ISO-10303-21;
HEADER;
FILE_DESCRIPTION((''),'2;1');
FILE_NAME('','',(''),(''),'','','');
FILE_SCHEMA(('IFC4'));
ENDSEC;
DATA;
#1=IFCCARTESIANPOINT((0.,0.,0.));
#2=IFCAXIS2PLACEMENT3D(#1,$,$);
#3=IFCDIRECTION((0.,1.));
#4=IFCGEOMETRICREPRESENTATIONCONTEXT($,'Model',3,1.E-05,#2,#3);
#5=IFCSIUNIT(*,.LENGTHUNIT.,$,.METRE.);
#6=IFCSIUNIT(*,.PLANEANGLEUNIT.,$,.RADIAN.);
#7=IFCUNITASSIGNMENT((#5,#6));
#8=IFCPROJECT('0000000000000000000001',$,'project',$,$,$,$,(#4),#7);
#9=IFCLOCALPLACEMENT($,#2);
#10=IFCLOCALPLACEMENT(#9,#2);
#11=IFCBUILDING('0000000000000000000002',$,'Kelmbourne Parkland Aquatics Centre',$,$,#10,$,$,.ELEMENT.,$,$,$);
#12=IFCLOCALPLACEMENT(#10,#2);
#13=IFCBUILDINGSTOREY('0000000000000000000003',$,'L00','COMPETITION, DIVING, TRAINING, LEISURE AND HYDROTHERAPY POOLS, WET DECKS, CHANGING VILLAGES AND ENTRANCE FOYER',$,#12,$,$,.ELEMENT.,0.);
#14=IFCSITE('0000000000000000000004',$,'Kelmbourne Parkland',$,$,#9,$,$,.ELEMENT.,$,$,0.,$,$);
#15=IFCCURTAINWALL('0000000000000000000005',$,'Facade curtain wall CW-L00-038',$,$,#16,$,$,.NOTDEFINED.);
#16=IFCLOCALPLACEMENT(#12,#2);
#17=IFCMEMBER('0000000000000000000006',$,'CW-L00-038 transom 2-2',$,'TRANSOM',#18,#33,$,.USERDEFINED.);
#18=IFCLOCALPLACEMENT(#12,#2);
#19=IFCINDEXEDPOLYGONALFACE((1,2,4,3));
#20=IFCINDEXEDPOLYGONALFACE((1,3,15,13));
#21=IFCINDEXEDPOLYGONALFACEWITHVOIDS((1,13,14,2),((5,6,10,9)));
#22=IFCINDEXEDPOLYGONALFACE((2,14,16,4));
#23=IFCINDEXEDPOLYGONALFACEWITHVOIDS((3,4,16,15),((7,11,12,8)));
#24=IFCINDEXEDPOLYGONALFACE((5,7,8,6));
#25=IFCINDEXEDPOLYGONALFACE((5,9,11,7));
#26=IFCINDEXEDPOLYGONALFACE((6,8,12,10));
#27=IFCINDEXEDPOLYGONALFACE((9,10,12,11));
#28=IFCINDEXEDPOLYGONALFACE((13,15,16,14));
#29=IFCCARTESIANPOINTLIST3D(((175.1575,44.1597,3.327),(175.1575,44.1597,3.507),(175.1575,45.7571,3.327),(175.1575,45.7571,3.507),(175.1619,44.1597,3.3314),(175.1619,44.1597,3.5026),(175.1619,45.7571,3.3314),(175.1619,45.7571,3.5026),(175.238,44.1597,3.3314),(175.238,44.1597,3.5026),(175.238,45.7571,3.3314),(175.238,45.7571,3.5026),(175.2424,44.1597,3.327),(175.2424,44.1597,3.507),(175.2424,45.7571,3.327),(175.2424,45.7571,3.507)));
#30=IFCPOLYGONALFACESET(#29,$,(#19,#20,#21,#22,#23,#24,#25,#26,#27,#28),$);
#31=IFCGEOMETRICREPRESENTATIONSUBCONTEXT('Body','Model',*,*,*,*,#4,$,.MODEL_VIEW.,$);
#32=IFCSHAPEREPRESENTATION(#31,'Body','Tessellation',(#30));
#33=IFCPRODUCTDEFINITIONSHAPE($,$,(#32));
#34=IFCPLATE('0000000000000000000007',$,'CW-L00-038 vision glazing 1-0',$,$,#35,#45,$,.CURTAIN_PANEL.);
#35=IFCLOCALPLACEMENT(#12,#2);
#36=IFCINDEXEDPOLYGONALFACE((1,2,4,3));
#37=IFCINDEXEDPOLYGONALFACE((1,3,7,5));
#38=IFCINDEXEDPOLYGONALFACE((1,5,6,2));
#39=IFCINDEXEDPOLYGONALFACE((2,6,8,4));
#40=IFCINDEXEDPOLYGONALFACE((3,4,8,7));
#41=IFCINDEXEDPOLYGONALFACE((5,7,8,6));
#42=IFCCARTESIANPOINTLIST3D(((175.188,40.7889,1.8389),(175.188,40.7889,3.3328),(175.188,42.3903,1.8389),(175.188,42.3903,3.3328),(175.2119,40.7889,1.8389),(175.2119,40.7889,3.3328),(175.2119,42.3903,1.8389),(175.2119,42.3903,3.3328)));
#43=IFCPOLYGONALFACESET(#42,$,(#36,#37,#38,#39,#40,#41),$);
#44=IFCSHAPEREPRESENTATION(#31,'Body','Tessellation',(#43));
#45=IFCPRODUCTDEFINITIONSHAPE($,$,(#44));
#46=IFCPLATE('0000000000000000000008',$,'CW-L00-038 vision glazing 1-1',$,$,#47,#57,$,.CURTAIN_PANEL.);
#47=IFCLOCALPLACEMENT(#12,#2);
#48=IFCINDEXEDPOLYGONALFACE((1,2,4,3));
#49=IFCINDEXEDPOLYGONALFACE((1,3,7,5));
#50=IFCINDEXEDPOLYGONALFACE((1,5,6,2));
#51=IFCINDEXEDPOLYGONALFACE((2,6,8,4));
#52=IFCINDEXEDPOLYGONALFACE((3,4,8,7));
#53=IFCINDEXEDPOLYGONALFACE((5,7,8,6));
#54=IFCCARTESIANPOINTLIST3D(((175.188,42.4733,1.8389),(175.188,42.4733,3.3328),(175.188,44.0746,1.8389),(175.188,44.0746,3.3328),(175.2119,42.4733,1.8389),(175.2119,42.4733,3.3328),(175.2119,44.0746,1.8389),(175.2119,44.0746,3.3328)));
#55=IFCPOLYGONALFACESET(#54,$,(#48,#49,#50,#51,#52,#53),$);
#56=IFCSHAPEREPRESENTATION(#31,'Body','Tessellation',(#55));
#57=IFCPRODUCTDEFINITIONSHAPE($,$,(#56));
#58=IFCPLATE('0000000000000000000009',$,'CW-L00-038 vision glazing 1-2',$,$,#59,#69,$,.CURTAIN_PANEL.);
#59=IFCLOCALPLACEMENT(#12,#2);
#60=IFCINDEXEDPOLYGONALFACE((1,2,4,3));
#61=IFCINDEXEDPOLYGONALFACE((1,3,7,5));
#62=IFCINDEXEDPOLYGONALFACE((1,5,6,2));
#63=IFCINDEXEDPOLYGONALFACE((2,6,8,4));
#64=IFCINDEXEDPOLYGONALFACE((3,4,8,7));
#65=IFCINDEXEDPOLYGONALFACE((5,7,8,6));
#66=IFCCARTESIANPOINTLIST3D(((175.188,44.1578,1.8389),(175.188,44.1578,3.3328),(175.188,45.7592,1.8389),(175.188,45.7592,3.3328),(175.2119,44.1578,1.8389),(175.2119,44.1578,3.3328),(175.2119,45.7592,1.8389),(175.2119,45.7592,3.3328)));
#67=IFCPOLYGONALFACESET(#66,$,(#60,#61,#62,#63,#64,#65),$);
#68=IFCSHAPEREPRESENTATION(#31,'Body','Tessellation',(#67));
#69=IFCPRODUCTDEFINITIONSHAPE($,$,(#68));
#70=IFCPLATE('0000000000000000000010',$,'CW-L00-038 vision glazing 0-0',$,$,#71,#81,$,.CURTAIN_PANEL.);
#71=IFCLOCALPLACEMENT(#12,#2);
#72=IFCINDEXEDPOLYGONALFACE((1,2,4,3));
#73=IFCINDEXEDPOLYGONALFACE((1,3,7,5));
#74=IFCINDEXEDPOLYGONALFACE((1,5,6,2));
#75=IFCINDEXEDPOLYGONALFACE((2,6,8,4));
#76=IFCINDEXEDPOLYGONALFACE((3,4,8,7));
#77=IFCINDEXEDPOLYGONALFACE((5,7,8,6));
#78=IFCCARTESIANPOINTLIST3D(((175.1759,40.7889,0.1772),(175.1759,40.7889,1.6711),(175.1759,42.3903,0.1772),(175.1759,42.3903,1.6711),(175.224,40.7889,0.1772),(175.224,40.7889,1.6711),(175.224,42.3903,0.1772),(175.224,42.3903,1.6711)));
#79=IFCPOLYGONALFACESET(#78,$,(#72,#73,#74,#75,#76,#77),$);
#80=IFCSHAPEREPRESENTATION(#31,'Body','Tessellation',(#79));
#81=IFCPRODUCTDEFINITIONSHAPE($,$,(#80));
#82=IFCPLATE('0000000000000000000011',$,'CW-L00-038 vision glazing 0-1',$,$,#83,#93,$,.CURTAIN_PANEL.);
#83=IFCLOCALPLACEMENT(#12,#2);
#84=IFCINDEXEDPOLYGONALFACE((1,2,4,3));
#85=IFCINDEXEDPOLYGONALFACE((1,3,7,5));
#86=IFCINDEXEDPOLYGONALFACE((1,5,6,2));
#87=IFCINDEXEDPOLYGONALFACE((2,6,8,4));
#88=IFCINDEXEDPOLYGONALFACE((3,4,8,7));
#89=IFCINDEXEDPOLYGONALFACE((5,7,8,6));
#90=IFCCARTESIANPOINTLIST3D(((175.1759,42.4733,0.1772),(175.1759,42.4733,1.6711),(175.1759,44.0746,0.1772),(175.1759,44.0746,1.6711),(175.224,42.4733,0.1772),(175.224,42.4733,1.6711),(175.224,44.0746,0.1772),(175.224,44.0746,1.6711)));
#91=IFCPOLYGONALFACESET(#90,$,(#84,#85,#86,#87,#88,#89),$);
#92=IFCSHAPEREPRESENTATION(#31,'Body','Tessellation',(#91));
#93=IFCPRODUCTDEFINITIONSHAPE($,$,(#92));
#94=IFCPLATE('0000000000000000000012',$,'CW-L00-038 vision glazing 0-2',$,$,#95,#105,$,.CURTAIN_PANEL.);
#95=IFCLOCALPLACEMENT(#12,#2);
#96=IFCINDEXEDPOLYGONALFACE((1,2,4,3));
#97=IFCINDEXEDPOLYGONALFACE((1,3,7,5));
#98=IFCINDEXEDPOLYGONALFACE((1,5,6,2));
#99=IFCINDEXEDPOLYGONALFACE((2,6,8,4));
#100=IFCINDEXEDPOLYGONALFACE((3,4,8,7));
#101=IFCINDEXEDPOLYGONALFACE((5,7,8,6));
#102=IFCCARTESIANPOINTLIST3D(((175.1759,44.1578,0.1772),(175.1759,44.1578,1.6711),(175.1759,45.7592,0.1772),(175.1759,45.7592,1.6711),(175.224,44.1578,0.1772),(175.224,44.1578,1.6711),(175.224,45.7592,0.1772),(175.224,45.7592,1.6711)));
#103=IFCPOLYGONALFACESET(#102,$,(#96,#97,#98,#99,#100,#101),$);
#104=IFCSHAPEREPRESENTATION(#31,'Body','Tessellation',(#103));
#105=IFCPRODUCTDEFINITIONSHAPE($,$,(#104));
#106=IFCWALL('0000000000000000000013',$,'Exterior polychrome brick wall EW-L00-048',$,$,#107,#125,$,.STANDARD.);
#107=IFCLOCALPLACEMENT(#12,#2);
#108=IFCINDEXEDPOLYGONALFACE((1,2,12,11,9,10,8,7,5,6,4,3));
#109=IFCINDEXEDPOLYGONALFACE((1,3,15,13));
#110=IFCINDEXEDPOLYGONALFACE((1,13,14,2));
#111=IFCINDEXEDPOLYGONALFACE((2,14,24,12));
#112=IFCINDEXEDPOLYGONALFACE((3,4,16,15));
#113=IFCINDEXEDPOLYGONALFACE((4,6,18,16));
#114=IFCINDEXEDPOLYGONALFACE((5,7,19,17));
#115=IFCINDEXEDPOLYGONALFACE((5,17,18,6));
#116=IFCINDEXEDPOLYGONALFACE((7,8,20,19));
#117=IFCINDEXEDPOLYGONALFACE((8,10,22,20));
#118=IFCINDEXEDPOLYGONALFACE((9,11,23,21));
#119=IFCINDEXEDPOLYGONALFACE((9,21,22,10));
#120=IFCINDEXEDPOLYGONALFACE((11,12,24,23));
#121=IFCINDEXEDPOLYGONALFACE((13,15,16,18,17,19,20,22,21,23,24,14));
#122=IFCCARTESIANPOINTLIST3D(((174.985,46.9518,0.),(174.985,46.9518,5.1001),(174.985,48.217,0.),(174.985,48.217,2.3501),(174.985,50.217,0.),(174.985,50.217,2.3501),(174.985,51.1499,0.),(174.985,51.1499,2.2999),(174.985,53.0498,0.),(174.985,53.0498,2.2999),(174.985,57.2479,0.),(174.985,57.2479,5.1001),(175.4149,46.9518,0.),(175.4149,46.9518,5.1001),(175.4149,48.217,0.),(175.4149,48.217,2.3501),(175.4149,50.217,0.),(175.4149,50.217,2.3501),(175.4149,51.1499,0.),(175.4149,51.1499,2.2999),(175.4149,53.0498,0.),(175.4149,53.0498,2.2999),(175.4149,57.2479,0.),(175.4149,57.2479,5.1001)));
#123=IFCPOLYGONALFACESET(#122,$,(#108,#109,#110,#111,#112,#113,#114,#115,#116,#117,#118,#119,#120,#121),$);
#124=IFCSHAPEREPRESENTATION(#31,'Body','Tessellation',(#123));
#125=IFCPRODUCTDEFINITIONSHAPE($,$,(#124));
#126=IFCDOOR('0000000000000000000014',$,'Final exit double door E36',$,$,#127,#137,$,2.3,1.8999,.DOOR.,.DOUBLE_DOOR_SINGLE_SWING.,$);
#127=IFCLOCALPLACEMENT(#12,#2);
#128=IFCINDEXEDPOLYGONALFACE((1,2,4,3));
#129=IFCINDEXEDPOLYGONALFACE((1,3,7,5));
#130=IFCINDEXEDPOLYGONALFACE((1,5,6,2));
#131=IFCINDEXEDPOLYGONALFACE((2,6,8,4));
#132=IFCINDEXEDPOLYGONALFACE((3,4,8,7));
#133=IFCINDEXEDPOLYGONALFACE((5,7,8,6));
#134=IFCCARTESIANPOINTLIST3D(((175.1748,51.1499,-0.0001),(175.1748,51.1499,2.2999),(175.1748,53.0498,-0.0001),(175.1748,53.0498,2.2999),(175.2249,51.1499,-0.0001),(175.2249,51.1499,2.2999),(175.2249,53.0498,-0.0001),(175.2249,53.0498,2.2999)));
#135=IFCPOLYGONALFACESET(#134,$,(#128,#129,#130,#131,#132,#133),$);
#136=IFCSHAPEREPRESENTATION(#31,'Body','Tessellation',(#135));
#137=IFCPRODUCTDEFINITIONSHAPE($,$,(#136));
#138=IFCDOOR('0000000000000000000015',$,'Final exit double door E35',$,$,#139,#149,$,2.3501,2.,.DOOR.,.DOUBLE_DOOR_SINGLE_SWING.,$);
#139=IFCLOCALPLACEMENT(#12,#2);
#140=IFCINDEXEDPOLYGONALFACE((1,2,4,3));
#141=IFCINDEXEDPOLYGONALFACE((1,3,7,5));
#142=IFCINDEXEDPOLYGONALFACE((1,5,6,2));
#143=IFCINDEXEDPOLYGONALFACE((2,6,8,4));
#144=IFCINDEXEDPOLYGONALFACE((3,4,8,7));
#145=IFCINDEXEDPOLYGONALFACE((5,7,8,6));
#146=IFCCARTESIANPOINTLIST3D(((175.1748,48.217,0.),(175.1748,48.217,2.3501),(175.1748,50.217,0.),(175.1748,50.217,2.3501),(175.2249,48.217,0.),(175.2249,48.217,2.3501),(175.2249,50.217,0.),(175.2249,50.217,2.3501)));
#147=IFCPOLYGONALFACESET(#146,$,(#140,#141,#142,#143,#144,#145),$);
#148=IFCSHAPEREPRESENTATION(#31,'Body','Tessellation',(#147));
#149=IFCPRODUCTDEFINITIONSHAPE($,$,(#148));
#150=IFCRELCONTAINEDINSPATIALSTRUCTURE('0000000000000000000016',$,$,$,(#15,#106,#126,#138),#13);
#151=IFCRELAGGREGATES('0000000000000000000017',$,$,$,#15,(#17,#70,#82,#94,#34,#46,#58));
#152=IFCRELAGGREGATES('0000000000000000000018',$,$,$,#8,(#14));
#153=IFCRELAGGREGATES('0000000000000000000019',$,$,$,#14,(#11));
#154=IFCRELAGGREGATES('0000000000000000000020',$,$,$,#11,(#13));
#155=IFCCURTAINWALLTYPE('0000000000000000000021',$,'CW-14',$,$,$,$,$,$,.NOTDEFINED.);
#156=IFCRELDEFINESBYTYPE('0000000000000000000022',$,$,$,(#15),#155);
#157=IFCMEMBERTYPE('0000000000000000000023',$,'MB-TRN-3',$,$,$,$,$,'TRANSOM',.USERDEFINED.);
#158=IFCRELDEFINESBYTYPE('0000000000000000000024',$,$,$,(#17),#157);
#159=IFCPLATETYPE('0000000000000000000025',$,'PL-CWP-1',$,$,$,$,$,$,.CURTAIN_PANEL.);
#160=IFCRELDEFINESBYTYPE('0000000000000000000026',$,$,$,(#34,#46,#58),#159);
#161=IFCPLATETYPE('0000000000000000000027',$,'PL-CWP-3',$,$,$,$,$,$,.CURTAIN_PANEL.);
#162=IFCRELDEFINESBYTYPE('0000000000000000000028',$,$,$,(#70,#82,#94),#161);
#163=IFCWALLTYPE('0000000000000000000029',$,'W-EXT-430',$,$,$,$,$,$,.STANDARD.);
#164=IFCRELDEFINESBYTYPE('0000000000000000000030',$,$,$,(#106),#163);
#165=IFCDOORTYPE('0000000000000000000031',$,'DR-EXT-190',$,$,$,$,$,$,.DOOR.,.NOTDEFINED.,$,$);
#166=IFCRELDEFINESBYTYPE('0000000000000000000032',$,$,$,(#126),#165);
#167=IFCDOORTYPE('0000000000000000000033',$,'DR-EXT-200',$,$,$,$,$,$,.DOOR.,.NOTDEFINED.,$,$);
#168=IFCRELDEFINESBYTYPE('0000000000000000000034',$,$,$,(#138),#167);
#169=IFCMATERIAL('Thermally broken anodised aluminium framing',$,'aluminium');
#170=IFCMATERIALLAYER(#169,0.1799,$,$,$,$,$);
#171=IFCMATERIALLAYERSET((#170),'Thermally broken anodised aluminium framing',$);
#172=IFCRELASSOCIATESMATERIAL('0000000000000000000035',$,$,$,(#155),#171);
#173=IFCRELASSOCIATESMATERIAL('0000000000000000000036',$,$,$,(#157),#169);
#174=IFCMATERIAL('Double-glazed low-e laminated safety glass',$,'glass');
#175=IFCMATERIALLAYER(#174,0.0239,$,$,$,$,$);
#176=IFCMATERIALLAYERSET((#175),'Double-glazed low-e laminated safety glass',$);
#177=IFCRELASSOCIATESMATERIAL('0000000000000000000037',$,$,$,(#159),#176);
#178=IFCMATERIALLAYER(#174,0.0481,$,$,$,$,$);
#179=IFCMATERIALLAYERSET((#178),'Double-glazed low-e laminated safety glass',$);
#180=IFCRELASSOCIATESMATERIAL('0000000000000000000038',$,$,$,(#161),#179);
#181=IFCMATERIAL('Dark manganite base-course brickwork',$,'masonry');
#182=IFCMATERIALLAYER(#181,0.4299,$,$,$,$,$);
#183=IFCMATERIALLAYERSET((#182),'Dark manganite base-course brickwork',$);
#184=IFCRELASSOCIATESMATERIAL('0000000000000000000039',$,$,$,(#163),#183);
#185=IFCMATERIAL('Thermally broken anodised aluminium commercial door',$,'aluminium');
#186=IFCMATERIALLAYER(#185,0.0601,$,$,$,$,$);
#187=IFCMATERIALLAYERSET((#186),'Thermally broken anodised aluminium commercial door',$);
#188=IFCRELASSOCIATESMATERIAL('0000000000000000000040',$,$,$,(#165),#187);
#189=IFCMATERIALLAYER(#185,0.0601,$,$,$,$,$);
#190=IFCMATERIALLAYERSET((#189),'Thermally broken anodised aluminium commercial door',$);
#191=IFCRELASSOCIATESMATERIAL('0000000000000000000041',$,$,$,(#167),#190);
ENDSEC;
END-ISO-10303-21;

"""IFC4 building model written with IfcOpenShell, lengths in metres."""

from ifc_helpers import new_model, si_unit, direction, frame, frame_2d, origin, origin_2d, place, context, subcontext, project, spatial, rectangle, hollow_rectangle, extrude, material, layer, layer_set, material_profile, profile_set, type_object, element, fill, aggregate, save


model = new_model("IFC4")

# Units and contexts
model_context = context("Model", 3, precision=1e-05, world=origin(), true_north=direction((0.0, 1.0)))
body_context = subcontext(model_context, "Body", "Model", "MODEL_VIEW")
ifc_project = project(units=[si_unit("LENGTHUNIT", "METRE"), si_unit("PLANEANGLEUNIT", "RADIAN")], contexts=[model_context])

# Site, building, storey
site_placement = place(None, origin())
site = spatial("IfcSite", under=ifc_project, at=site_placement, Name="Kelmbourne Parkland", CompositionType="ELEMENT", RefElevation=0.0)
building_placement = place(site_placement, origin())
building = spatial("IfcBuilding", under=site, at=building_placement, Name="Kelmbourne Parkland Aquatics Centre", CompositionType="ELEMENT")
storey_placement = place(building_placement, origin())
storey = spatial("IfcBuildingStorey", under=building, at=storey_placement, Name="L00", Description="COMPETITION, DIVING, TRAINING, LEISURE AND HYDROTHERAPY POOLS, WET DECKS, CHANGING VILLAGES AND ENTRANCE FOYER", CompositionType="ELEMENT", Elevation=0.0)

# Curtain wall, member, plates
ifc_material_1 = material(Name="Thermally broken anodised aluminium framing", Category="aluminium")
ifc_layer_1 = layer(ifc_material_1, 0.1799)
ifc_layer_set_1 = layer_set([ifc_layer_1], Name="Thermally broken anodised aluminium framing")
curtain_wall_type = type_object("IfcCurtainWallType", Name="CW-14", PredefinedType="NOTDEFINED", material=ifc_layer_set_1)
curtain_wall_placement = place(storey_placement, origin())
curtain_wall = element("IfcCurtainWall", 1, at=curtain_wall_placement, inside=storey, type_object=curtain_wall_type, Name="Facade curtain wall CW-L00-038", PredefinedType="NOTDEFINED")
ifc_material_profile_1 = material_profile(ifc_material_1, hollow_rectangle(XDim=0.085, YDim=0.1799, WallThickness=0.0044, at=origin_2d()), Name="CW-T 85x180")
ifc_profile_set_1 = profile_set([ifc_material_profile_1], Name="Thermally broken anodised aluminium framing")
member_type_1 = type_object("IfcMemberType", Name="MB-TRN-3", ElementType="TRANSOM", PredefinedType="USERDEFINED", material=ifc_profile_set_1)
member_1_placement = place(storey_placement, frame((175.2, 44.1597, 3.417), z_axis=(0.0, 1.0, 0.0), x_axis=(-1.0, 0.0, 0.0)))
member_1 = element("IfcMember", 2, at=member_1_placement, type_object=member_type_1, Name="CW-L00-038 transom 2-2", ObjectType="TRANSOM", PredefinedType="USERDEFINED", context=body_context, shape_type="SweptSolid", body=[
    extrude(hollow_rectangle(XDim=0.085, YDim=0.1799, WallThickness=0.0044, at=origin_2d()), origin(), (0.0, 0.0, 1.0), 1.5974),
])
ifc_material_2 = material(Name="Double-glazed low-e laminated safety glass", Category="glass")
ifc_layer_2 = layer(ifc_material_2, 0.0239)
ifc_layer_set_2 = layer_set([ifc_layer_2], Name="Double-glazed low-e laminated safety glass")
plate_type_1 = type_object("IfcPlateType", Name="PL-CWP-1", PredefinedType="CURTAIN_PANEL", material=ifc_layer_set_2)
plate_1_placement = place(storey_placement, frame((175.2, 41.5896, 1.8389), z_axis=(0.0, 0.0, 1.0), x_axis=(0.0, 1.0, 0.0)))
plate_1 = element("IfcPlate", 3, at=plate_1_placement, type_object=plate_type_1, Name="CW-L00-038 vision glazing 1-0", PredefinedType="CURTAIN_PANEL", context=body_context, shape_type="SweptSolid", body=[
    extrude(rectangle(XDim=1.6013, YDim=0.0239, at=origin_2d()), origin(), (0.0, 0.0, 1.0), 1.4939),
])
plate_2_placement = place(storey_placement, frame((175.2, 43.2739, 1.8389), z_axis=(0.0, 0.0, 1.0), x_axis=(0.0, 1.0, 0.0)))
plate_2 = element("IfcPlate", 4, at=plate_2_placement, type_object=plate_type_1, Name="CW-L00-038 vision glazing 1-1", PredefinedType="CURTAIN_PANEL", context=body_context, shape_type="SweptSolid", body=[
    extrude(rectangle(XDim=1.6013, YDim=0.0239, at=origin_2d()), origin(), (0.0, 0.0, 1.0), 1.4939),
])
plate_3_placement = place(storey_placement, frame((175.2, 44.9585, 1.8389), z_axis=(0.0, 0.0, 1.0), x_axis=(0.0, 1.0, 0.0)))
plate_3 = element("IfcPlate", 5, at=plate_3_placement, type_object=plate_type_1, Name="CW-L00-038 vision glazing 1-2", PredefinedType="CURTAIN_PANEL", context=body_context, shape_type="SweptSolid", body=[
    extrude(rectangle(XDim=1.6013, YDim=0.0239, at=origin_2d()), origin(), (0.0, 0.0, 1.0), 1.4939),
])
ifc_layer_3 = layer(ifc_material_2, 0.0481)
ifc_layer_set_3 = layer_set([ifc_layer_3], Name="Double-glazed low-e laminated safety glass")
plate_type_2 = type_object("IfcPlateType", Name="PL-CWP-3", PredefinedType="CURTAIN_PANEL", material=ifc_layer_set_3)
plate_4_placement = place(storey_placement, frame((175.2, 41.5896, 0.1772), z_axis=(0.0, 0.0, 1.0), x_axis=(0.0, 1.0, 0.0)))
plate_4 = element("IfcPlate", 6, at=plate_4_placement, type_object=plate_type_2, Name="CW-L00-038 vision glazing 0-0", PredefinedType="CURTAIN_PANEL", context=body_context, shape_type="SweptSolid", body=[
    extrude(rectangle(XDim=1.6013, YDim=0.0481, at=origin_2d()), origin(), (0.0, 0.0, 1.0), 1.4939),
])
plate_5_placement = place(storey_placement, frame((175.2, 43.2739, 0.1772), z_axis=(0.0, 0.0, 1.0), x_axis=(0.0, 1.0, 0.0)))
plate_5 = element("IfcPlate", 7, at=plate_5_placement, type_object=plate_type_2, Name="CW-L00-038 vision glazing 0-1", PredefinedType="CURTAIN_PANEL", context=body_context, shape_type="SweptSolid", body=[
    extrude(rectangle(XDim=1.6013, YDim=0.0481, at=origin_2d()), origin(), (0.0, 0.0, 1.0), 1.4939),
])
plate_6_placement = place(storey_placement, frame((175.2, 44.9585, 0.1772), z_axis=(0.0, 0.0, 1.0), x_axis=(0.0, 1.0, 0.0)))
plate_6 = element("IfcPlate", 8, at=plate_6_placement, type_object=plate_type_2, Name="CW-L00-038 vision glazing 0-2", PredefinedType="CURTAIN_PANEL", context=body_context, shape_type="SweptSolid", body=[
    extrude(rectangle(XDim=1.6013, YDim=0.0481, at=origin_2d()), origin(), (0.0, 0.0, 1.0), 1.4939),
])
aggregate(curtain_wall, [member_1, plate_4, plate_5, plate_6, plate_1, plate_2, plate_3])

# Wall, openings, doors
ifc_material_3 = material(Name="Dark manganite base-course brickwork", Category="masonry")
ifc_layer_4 = layer(ifc_material_3, 0.4299)
ifc_layer_set_4 = layer_set([ifc_layer_4], Name="Dark manganite base-course brickwork")
wall_type = type_object("IfcWallType", Name="W-EXT-430", PredefinedType="STANDARD", material=ifc_layer_set_4)
wall_placement = place(storey_placement, frame((175.2, 46.9519, 0.0), z_axis=(0.0, 0.0, 1.0), x_axis=(0.0, 1.0, 0.0)))
wall = element("IfcWall", 9, at=wall_placement, inside=storey, type_object=wall_type, Name="Exterior polychrome brick wall EW-L00-048", PredefinedType="STANDARD", context=body_context, shape_type="SweptSolid", body=[
    extrude(rectangle(XDim=10.2961, YDim=0.4299, at=frame_2d((5.1479, 0.0))), origin(), (0.0, 0.0, 1.0), 5.1001),
])
opening_1_placement = place(wall_placement, frame((1.2651, 0.0, 0.0)))
opening_1 = element("IfcOpeningElement", 10, at=opening_1_placement, cuts=wall, PredefinedType="OPENING", context=body_context, shape_type="SweptSolid", body=[
    extrude(rectangle(XDim=2.0, YDim=2.3501, at=frame_2d((1.0, 1.175))), frame((0.0, 0.2271, 0.0), z_axis=(0.0, -1.0, 0.0), x_axis=(1.0, 0.0, 0.0)), (0.0, 0.0, 1.0), 0.4539),
])
opening_2_placement = place(wall_placement, frame((4.198, 0.0, 0.0)))
opening_2 = element("IfcOpeningElement", 11, at=opening_2_placement, cuts=wall, PredefinedType="OPENING", context=body_context, shape_type="SweptSolid", body=[
    extrude(rectangle(XDim=1.8999, YDim=2.3, at=frame_2d((0.95, 1.1499))), frame((0.0, 0.2271, 0.0), z_axis=(0.0, -1.0, 0.0), x_axis=(1.0, 0.0, 0.0)), (0.0, 0.0, 1.0), 0.4539),
])
ifc_material_4 = material(Name="Thermally broken anodised aluminium commercial door", Category="aluminium")
ifc_layer_5 = layer(ifc_material_4, 0.0601)
ifc_layer_set_5 = layer_set([ifc_layer_5], Name="Thermally broken anodised aluminium commercial door")
door_type_1 = type_object("IfcDoorType", Name="DR-EXT-190", OperationType="NOTDEFINED", PredefinedType="DOOR", material=ifc_layer_set_5)
door_1_placement = place(opening_2_placement, frame((1.8999, 0.0, 0.0), z_axis=(0.0, 0.0, 1.0), x_axis=(-1.0, 0.0, 0.0)))
door_1 = element("IfcDoor", 12, at=door_1_placement, inside=storey, type_object=door_type_1, Name="Final exit double door E36", OperationType="DOUBLE_DOOR_SINGLE_SWING", OverallHeight=2.3, OverallWidth=1.8999, PredefinedType="DOOR", context=body_context, shape_type="SweptSolid", body=[
    extrude(rectangle(XDim=1.8999, YDim=2.3, at=frame_2d((0.95, 1.1499))), frame((0.0, 0.0249, 0.0), z_axis=(0.0, -1.0, 0.0), x_axis=(1.0, 0.0, 0.0)), (0.0, 0.0, 1.0), 0.05),
])
fill(opening_2, door_1)
ifc_layer_6 = layer(ifc_material_4, 0.0601)
ifc_layer_set_6 = layer_set([ifc_layer_6], Name="Thermally broken anodised aluminium commercial door")
door_type_2 = type_object("IfcDoorType", Name="DR-EXT-200", OperationType="NOTDEFINED", PredefinedType="DOOR", material=ifc_layer_set_6)
door_2_placement = place(opening_1_placement, frame((2.0, 0.0, 0.0), z_axis=(0.0, 0.0, 1.0), x_axis=(-1.0, 0.0, 0.0)))
door_2 = element("IfcDoor", 13, at=door_2_placement, inside=storey, type_object=door_type_2, Name="Final exit double door E35", OperationType="DOUBLE_DOOR_SINGLE_SWING", OverallHeight=2.3501, OverallWidth=2.0, PredefinedType="DOOR", context=body_context, shape_type="SweptSolid", body=[
    extrude(rectangle(XDim=2.0, YDim=2.3501, at=frame_2d((1.0, 1.175))), frame((0.0, 0.0249, 0.0), z_axis=(0.0, -1.0, 0.0), x_axis=(1.0, 0.0, 0.0)), (0.0, 0.0, 1.0), 0.05),
])
fill(opening_1, door_2)

save(model, "model.ifc")
